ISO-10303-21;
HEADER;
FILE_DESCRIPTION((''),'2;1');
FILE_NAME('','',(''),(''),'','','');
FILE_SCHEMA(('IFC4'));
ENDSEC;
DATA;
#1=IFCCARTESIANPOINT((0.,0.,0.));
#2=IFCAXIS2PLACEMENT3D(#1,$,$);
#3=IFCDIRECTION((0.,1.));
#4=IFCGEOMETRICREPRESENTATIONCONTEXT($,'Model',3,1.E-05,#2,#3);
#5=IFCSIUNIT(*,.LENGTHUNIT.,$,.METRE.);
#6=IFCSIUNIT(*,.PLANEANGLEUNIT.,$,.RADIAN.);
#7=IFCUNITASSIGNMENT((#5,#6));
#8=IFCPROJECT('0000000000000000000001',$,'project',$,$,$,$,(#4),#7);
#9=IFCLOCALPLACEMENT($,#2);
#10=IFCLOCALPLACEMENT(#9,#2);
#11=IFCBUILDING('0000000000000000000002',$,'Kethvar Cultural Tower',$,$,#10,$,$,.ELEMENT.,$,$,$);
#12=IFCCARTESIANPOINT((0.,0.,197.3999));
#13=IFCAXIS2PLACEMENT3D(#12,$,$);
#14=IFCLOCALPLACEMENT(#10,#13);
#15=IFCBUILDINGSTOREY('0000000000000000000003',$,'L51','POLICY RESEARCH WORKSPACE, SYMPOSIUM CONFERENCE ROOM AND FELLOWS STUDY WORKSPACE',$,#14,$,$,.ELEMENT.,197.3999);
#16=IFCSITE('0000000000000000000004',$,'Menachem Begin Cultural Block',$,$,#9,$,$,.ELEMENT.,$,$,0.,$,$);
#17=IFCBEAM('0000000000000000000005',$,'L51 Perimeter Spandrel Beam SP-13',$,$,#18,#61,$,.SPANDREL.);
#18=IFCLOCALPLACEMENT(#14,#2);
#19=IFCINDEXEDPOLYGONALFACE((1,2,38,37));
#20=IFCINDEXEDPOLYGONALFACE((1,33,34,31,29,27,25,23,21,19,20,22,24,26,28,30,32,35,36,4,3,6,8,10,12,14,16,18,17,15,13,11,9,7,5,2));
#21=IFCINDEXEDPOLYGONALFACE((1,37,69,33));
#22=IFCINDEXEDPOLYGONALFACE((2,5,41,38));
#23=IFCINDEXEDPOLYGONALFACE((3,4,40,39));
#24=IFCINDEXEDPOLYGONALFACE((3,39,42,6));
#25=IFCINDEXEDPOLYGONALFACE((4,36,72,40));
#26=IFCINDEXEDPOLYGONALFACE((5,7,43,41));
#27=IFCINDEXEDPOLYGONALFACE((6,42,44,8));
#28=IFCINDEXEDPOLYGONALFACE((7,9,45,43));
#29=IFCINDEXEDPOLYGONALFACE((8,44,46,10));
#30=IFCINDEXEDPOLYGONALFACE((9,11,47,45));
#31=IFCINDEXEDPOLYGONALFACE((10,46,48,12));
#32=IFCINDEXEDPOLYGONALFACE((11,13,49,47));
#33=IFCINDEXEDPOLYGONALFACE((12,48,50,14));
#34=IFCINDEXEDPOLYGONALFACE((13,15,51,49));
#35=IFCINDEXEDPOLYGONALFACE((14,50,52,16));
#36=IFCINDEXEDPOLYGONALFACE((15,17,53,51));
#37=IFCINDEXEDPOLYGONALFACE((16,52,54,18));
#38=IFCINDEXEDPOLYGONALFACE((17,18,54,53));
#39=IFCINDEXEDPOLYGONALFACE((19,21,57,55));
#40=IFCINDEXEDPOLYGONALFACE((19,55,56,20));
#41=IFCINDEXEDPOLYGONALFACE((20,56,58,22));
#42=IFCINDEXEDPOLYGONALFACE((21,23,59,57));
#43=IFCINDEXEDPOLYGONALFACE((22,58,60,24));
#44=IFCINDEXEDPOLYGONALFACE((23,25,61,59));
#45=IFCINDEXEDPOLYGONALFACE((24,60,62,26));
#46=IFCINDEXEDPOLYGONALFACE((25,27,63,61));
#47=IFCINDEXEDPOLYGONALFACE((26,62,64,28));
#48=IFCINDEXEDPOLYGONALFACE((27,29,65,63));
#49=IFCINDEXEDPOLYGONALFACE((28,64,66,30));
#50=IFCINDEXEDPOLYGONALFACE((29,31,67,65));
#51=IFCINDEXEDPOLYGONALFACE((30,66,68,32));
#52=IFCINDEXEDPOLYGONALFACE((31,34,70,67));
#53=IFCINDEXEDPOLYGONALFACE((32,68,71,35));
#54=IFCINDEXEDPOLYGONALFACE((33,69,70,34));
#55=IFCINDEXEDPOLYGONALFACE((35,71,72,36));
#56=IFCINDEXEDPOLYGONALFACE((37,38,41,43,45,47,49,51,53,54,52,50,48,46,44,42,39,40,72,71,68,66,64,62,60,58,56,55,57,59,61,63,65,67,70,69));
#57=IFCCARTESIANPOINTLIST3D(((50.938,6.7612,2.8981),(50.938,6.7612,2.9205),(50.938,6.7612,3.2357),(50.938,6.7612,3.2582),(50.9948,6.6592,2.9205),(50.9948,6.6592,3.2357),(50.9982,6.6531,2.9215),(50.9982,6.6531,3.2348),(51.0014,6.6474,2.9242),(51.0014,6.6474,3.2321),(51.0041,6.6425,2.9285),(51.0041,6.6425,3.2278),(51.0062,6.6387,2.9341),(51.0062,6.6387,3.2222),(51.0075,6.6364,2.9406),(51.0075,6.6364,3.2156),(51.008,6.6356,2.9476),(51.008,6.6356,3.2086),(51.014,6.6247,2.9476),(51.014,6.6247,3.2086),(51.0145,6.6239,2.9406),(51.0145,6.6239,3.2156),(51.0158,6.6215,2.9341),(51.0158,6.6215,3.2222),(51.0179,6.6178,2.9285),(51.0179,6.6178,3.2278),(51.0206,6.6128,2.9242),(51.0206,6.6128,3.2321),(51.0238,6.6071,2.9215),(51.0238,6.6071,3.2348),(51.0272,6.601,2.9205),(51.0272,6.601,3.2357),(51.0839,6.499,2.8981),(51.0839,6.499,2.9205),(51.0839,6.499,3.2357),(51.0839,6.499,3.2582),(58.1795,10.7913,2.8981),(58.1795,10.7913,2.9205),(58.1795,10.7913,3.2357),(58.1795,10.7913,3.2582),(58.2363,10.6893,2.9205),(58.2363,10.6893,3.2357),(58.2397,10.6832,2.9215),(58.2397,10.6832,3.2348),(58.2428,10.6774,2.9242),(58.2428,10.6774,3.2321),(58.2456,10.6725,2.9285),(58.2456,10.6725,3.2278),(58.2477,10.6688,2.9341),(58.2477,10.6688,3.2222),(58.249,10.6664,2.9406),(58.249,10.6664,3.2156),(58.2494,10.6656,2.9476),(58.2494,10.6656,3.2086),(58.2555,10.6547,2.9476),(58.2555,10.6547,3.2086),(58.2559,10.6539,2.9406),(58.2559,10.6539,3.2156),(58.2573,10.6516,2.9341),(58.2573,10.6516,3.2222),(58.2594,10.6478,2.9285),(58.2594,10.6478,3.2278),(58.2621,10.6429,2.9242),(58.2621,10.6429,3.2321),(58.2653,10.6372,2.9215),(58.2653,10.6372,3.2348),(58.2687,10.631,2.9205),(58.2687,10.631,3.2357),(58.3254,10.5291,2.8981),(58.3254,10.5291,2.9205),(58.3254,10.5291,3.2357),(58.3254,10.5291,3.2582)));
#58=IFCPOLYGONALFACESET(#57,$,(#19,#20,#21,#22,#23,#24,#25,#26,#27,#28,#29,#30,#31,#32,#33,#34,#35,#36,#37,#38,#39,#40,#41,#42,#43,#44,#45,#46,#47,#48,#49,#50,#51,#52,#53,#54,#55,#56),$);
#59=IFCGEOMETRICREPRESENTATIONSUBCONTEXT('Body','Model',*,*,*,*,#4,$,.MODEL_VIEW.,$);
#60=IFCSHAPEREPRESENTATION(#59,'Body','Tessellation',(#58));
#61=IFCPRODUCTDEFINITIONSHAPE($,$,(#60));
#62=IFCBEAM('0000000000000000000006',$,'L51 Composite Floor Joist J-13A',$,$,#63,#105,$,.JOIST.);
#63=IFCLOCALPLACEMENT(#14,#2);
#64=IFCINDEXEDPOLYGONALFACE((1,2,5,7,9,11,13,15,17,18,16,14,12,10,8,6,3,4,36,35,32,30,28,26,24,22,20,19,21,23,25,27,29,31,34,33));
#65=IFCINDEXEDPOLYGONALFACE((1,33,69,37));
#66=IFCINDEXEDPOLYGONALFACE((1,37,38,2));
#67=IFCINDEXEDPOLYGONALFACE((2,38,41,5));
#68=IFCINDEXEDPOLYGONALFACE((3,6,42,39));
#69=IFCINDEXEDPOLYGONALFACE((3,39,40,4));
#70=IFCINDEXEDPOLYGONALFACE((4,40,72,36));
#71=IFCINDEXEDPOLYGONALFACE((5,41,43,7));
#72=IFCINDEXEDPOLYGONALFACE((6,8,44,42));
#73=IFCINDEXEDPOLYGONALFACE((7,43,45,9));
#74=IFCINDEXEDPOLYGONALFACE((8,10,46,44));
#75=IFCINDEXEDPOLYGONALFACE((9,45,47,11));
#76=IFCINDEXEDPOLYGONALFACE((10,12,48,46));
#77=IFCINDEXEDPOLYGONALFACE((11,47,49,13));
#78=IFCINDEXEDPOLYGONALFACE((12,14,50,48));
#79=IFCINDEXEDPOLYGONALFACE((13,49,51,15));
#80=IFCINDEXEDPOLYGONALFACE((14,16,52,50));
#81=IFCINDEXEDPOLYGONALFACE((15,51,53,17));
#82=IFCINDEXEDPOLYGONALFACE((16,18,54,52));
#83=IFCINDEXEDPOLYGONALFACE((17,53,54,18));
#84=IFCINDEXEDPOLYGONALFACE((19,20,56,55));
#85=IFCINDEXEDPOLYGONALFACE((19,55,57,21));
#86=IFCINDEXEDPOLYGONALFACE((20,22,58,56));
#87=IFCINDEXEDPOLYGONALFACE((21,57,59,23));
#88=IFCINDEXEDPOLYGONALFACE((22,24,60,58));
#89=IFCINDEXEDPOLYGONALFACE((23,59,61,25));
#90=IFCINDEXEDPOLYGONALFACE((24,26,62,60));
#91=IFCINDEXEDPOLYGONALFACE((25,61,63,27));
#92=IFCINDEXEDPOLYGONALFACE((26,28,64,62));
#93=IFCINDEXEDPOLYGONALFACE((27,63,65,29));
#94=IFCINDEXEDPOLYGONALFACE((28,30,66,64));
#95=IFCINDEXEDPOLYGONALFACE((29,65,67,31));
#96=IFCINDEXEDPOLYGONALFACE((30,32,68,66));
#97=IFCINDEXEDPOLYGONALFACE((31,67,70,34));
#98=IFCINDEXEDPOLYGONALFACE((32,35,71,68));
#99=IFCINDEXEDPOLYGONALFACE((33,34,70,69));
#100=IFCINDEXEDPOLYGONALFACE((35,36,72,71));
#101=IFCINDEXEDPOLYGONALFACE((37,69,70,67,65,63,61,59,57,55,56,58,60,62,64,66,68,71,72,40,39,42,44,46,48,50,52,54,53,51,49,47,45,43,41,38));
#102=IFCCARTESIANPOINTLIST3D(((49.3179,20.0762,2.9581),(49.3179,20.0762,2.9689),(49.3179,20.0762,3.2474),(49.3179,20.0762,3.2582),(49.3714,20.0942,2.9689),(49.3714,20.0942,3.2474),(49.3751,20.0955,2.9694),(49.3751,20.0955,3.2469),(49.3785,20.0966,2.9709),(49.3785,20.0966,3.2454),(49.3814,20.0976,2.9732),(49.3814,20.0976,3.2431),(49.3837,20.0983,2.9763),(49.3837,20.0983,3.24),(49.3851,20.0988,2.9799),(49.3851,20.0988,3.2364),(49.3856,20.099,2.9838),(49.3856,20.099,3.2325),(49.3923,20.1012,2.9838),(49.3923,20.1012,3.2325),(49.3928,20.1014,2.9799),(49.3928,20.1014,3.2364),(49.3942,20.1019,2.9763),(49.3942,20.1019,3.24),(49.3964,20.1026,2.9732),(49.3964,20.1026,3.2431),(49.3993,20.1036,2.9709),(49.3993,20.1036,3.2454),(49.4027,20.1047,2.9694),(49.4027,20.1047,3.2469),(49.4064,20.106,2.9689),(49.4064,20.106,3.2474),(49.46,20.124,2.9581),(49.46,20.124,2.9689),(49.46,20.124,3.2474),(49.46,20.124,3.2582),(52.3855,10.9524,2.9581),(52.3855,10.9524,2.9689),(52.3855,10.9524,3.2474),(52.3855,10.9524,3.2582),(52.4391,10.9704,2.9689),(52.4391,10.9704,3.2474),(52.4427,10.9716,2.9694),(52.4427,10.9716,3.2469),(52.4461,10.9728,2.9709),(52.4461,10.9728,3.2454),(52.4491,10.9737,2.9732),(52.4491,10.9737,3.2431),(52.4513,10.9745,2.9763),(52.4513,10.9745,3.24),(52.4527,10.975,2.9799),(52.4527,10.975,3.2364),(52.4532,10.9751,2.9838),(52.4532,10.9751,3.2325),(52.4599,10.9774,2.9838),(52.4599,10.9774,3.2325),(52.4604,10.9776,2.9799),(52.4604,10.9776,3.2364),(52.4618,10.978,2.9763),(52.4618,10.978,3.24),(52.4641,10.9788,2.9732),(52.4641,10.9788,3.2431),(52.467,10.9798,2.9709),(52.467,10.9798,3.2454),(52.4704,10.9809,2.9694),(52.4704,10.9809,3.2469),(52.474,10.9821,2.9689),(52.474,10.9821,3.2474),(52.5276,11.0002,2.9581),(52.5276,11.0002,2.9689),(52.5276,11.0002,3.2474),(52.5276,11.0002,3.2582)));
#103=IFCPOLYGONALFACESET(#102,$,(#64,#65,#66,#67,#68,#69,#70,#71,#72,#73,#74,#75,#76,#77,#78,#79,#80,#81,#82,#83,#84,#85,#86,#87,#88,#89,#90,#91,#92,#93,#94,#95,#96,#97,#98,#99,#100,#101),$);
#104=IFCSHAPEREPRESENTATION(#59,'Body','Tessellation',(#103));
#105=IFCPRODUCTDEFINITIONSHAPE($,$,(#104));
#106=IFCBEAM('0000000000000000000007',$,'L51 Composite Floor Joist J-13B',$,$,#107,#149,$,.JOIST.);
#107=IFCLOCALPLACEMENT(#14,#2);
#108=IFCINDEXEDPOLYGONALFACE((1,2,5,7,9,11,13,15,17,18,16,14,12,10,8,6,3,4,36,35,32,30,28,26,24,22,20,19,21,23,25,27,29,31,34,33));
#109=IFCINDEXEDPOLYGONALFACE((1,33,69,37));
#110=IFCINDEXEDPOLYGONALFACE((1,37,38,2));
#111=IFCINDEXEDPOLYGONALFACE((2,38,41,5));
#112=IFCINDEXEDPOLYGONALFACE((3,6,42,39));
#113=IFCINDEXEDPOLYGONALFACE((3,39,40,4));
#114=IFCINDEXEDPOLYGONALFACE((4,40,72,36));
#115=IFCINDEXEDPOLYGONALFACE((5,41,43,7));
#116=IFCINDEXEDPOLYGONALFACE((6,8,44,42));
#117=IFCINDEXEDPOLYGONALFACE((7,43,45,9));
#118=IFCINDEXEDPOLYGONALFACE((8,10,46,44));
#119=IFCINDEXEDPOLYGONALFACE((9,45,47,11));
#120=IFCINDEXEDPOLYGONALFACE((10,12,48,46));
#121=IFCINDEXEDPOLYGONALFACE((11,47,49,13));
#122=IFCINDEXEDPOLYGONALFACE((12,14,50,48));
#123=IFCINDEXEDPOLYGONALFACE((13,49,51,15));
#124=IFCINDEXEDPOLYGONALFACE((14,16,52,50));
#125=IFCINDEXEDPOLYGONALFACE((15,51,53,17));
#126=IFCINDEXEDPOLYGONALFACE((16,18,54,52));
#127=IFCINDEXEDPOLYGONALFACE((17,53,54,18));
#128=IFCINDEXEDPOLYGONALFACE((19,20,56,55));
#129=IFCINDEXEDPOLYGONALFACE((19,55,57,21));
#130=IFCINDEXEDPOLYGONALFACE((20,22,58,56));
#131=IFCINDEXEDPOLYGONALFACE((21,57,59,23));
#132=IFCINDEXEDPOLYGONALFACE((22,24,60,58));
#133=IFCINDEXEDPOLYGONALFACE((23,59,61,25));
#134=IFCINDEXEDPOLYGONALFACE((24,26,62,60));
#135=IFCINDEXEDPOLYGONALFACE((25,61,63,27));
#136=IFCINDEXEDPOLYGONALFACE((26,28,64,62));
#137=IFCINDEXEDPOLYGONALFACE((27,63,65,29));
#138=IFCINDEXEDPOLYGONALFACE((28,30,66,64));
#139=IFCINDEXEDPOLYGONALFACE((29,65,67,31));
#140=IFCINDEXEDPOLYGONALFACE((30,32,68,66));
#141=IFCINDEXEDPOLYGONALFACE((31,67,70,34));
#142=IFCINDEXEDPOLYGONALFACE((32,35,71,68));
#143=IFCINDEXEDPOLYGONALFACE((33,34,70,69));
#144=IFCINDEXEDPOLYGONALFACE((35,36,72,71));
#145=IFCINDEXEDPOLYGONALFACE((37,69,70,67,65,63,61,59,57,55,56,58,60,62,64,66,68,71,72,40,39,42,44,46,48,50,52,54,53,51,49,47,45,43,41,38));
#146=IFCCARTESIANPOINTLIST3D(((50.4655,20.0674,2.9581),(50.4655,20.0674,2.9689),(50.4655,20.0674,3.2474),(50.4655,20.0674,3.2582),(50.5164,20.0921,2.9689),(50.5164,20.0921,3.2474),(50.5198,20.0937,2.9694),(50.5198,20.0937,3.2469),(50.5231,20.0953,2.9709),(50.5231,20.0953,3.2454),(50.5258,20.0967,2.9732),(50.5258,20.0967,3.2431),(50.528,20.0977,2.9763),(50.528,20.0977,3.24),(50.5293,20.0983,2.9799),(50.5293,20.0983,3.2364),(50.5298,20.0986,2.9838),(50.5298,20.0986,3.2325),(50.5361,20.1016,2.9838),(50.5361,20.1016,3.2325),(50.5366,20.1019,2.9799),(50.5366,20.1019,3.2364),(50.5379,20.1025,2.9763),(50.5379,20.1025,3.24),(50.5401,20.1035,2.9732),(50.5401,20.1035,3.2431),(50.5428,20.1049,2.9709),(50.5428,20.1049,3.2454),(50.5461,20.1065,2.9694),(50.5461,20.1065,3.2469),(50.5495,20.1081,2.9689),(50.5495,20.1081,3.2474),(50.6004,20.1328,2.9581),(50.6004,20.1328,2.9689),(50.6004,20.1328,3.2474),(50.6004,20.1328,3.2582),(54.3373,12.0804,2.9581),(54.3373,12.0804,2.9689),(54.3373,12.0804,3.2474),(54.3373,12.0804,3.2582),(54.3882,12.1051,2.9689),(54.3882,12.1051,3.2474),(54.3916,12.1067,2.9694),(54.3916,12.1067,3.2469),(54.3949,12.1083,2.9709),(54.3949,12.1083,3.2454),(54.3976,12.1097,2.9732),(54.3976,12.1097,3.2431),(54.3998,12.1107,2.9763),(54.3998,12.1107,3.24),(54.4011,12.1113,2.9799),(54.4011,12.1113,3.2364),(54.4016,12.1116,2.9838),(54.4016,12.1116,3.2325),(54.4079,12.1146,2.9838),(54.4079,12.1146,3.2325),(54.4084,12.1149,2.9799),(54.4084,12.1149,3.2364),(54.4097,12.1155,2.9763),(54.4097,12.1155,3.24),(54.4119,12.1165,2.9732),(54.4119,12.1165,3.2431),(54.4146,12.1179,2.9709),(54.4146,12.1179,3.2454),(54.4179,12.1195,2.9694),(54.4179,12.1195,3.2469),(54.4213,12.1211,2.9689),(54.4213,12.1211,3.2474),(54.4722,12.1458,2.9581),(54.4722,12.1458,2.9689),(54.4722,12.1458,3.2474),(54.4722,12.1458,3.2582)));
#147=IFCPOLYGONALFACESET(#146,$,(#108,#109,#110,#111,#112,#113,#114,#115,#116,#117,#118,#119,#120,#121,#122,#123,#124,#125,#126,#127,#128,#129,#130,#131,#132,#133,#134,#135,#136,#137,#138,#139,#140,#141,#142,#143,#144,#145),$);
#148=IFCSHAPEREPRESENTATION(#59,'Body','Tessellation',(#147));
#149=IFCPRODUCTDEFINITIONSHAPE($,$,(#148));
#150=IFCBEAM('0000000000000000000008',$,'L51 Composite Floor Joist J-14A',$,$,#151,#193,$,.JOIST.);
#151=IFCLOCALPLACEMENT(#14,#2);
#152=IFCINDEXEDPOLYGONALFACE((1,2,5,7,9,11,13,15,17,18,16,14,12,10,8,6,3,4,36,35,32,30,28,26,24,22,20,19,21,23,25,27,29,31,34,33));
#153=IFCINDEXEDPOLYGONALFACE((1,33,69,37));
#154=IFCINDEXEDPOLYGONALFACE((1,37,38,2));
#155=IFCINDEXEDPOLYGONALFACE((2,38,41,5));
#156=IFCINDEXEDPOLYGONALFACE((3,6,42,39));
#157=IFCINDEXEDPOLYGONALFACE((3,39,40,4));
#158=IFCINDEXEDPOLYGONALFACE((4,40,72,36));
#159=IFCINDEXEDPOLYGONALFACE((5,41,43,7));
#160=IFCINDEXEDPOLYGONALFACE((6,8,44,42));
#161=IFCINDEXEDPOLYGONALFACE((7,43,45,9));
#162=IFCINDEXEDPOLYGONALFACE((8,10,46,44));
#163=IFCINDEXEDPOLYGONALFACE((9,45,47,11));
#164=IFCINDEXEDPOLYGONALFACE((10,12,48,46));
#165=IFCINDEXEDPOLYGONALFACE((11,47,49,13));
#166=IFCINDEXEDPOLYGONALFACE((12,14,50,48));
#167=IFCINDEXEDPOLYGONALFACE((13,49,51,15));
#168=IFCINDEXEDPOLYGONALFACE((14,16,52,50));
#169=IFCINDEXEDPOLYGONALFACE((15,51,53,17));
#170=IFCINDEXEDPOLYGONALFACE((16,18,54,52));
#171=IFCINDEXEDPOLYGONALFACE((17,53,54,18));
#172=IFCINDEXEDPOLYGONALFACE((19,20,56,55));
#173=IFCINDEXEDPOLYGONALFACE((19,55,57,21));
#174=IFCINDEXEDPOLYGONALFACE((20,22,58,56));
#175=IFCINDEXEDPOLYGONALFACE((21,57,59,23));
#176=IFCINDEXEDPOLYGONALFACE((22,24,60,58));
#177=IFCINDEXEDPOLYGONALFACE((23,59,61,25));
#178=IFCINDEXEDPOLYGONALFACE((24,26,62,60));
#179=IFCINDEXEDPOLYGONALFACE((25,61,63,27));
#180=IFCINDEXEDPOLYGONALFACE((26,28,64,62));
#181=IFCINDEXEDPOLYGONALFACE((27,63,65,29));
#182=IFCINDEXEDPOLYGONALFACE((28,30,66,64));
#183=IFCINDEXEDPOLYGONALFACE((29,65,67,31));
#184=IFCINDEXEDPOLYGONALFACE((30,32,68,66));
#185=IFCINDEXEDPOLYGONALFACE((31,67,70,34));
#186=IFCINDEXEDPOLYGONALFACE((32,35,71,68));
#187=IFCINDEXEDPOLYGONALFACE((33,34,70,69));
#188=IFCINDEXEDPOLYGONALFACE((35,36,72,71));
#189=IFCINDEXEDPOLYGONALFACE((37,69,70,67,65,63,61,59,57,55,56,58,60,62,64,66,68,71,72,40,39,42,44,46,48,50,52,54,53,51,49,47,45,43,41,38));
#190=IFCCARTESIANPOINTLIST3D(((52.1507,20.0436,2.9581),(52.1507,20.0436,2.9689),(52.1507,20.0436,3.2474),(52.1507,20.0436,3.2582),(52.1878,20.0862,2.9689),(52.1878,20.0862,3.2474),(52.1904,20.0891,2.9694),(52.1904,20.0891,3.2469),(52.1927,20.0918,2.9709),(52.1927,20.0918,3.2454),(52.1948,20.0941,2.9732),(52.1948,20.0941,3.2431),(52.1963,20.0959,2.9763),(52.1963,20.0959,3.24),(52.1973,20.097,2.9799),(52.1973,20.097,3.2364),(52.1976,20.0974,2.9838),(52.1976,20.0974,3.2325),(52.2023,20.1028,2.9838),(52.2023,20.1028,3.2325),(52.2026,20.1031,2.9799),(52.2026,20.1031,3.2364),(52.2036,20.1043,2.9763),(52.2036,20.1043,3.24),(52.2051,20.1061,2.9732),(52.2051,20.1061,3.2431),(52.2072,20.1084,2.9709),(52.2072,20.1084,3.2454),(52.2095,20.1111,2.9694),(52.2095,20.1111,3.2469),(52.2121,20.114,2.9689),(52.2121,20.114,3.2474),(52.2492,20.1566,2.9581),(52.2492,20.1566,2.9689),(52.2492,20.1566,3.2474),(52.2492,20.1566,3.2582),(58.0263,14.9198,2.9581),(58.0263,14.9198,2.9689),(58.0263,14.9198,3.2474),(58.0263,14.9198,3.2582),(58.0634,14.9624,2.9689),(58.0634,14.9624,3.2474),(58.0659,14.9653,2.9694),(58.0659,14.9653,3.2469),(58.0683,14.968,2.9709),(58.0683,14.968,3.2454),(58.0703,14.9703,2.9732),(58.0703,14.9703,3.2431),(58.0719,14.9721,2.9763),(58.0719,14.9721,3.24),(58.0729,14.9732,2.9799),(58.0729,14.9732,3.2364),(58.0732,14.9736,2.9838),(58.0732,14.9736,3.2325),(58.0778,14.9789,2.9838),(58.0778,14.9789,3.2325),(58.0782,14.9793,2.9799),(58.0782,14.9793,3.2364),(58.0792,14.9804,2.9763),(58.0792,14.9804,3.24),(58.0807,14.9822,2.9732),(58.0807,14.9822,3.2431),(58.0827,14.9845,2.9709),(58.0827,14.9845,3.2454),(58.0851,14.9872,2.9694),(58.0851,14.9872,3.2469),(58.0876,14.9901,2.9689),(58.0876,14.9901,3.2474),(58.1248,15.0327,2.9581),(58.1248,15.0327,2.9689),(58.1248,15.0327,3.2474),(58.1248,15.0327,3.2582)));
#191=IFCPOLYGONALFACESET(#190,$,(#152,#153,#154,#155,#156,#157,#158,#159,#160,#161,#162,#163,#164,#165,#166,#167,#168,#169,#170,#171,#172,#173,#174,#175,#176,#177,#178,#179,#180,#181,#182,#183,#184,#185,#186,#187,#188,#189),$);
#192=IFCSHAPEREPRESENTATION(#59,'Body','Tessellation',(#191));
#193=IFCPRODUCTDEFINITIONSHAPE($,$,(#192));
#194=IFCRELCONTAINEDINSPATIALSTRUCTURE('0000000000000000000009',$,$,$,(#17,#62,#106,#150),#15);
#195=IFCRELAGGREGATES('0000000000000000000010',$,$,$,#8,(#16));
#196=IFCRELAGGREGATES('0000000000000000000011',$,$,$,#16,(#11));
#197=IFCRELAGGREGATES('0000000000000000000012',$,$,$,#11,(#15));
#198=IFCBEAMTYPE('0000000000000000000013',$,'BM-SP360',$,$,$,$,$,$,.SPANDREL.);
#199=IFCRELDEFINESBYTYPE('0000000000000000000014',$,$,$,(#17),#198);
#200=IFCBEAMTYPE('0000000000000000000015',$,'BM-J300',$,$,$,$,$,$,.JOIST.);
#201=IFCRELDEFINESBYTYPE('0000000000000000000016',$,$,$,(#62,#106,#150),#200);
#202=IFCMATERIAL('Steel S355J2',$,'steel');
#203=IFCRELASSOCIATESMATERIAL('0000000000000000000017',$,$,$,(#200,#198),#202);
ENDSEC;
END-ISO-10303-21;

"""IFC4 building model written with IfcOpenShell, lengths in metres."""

from ifc_helpers import new_model, si_unit, direction, frame, origin, origin_2d, place, context, subcontext, project, spatial, i_section, extrude, source, transform, mapped, material, material_profile, profile_set, type_object, element, save


model = new_model("IFC4")

# Units and contexts
model_context = context("Model", 3, precision=1e-05, world=origin(), true_north=direction((0.0, 1.0)))
body_context = subcontext(model_context, "Body", "Model", "MODEL_VIEW")
ifc_project = project(units=[si_unit("LENGTHUNIT", "METRE"), si_unit("PLANEANGLEUNIT", "RADIAN")], contexts=[model_context])

# Site, building, storey
site_placement = place(None, origin())
site = spatial("IfcSite", under=ifc_project, at=site_placement, Name="Menachem Begin Cultural Block", CompositionType="ELEMENT", RefElevation=0.0)
building_placement = place(site_placement, origin())
building = spatial("IfcBuilding", under=site, at=building_placement, Name="Kethvar Cultural Tower", CompositionType="ELEMENT")
storey_placement = place(building_placement, frame((0.0, 0.0, 197.3999)))
storey = spatial("IfcBuildingStorey", under=building, at=storey_placement, Name="L51", Description="POLICY RESEARCH WORKSPACE, SYMPOSIUM CONFERENCE ROOM AND FELLOWS STUDY WORKSPACE", CompositionType="ELEMENT", Elevation=197.3999)

# Beams
ifc_material_1 = material(Name="Steel S355J2", Category="steel")
ifc_material_profile_1 = material_profile(ifc_material_1, i_section(OverallWidth=0.1499, OverallDepth=0.3, WebThickness=0.0071, FlangeThickness=0.0107, FilletRadius=0.0149, at=origin_2d()), Name="Steel S355J2 — IPE300")
ifc_profile_set_1 = profile_set([ifc_material_profile_1], Name="Steel S355J2 — IPE300")
beam_type_1 = type_object("IfcBeamType", Name="BM-J300", PredefinedType="JOIST", material=ifc_profile_set_1)
ifc_material_profile_2 = material_profile(ifc_material_1, i_section(OverallWidth=0.3, OverallDepth=0.3601, WebThickness=0.0125, FlangeThickness=0.0225, FilletRadius=0.0271, at=origin_2d()), Name="Steel S355J2 — HEB360")
ifc_profile_set_2 = profile_set([ifc_material_profile_2], Name="Steel S355J2 — HEB360")
beam_type_2 = type_object("IfcBeamType", Name="BM-SP360", PredefinedType="SPANDREL", material=ifc_profile_set_2)
shared_shape_1 = source(origin(), body_context, "Body", "SweptSolid", [
    extrude(i_section(OverallWidth=0.3, OverallDepth=0.3601, WebThickness=0.0125, FlangeThickness=0.0225, FilletRadius=0.0271, at=origin_2d()), origin(), (0.0, 0.0, 1.0), 8.2874),
])
beam_1_placement = place(storey_placement, frame((51.011, 6.6301, 3.0781), z_axis=(0.873799, 0.486288, 0.0), x_axis=(-0.486288, 0.873799, 0.0)))
element("IfcBeam", 1, at=beam_1_placement, inside=storey, type_object=beam_type_2, Name="L51 Perimeter Spandrel Beam SP-13", PredefinedType="SPANDREL", context=body_context, shape_type="MappedRepresentation", body=[
    mapped(shared_shape_1, transform((0.0, 0.0, 0.0), scale=1.0)),
])
shared_shape_2 = source(origin(), body_context, "Body", "SweptSolid", [
    extrude(i_section(OverallWidth=0.1499, OverallDepth=0.3, WebThickness=0.0071, FlangeThickness=0.0107, FilletRadius=0.0149, at=origin_2d()), origin(), (0.0, 0.0, 1.0), 9.6257),
])
beam_2_placement = place(storey_placement, frame((49.3889, 20.1001, 3.1082), z_axis=(0.318692, -0.947858, 0.0), x_axis=(0.947858, 0.318692, 0.0)))
element("IfcBeam", 2, at=beam_2_placement, inside=storey, type_object=beam_type_1, Name="L51 Composite Floor Joist J-13A", PredefinedType="JOIST", context=body_context, shape_type="MappedRepresentation", body=[
    mapped(shared_shape_2, transform((0.0, 0.0, 0.0), scale=1.0)),
])
shared_shape_3 = source(origin(), body_context, "Body", "SweptSolid", [
    extrude(i_section(OverallWidth=0.1499, OverallDepth=0.3, WebThickness=0.0071, FlangeThickness=0.0107, FilletRadius=0.0149, at=origin_2d()), origin(), (0.0, 0.0, 1.0), 8.876),
])
beam_3_placement = place(storey_placement, frame((50.533, 20.1001, 3.1082), z_axis=(0.436211, -0.899845, 0.0), x_axis=(0.899845, 0.436211, 0.0)))
element("IfcBeam", 3, at=beam_3_placement, inside=storey, type_object=beam_type_1, Name="L51 Composite Floor Joist J-13B", PredefinedType="JOIST", context=body_context, shape_type="MappedRepresentation", body=[
    mapped(shared_shape_3, transform((0.0, 0.0, 0.0), scale=1.0)),
])
shared_shape_4 = source(origin(), body_context, "Body", "SweptSolid", [
    extrude(i_section(OverallWidth=0.1499, OverallDepth=0.3, WebThickness=0.0071, FlangeThickness=0.0107, FilletRadius=0.0149, at=origin_2d()), origin(), (0.0, 0.0, 1.0), 7.7959),
])
beam_4_placement = place(storey_placement, frame((52.2, 20.1001, 3.1082), z_axis=(0.753674, -0.657249, 0.0), x_axis=(0.657249, 0.753674, 0.0)))
element("IfcBeam", 4, at=beam_4_placement, inside=storey, type_object=beam_type_1, Name="L51 Composite Floor Joist J-14A", PredefinedType="JOIST", context=body_context, shape_type="MappedRepresentation", body=[
    mapped(shared_shape_4, transform((0.0, 0.0, 0.0), scale=1.0)),
])

save(model, "model.ifc")
